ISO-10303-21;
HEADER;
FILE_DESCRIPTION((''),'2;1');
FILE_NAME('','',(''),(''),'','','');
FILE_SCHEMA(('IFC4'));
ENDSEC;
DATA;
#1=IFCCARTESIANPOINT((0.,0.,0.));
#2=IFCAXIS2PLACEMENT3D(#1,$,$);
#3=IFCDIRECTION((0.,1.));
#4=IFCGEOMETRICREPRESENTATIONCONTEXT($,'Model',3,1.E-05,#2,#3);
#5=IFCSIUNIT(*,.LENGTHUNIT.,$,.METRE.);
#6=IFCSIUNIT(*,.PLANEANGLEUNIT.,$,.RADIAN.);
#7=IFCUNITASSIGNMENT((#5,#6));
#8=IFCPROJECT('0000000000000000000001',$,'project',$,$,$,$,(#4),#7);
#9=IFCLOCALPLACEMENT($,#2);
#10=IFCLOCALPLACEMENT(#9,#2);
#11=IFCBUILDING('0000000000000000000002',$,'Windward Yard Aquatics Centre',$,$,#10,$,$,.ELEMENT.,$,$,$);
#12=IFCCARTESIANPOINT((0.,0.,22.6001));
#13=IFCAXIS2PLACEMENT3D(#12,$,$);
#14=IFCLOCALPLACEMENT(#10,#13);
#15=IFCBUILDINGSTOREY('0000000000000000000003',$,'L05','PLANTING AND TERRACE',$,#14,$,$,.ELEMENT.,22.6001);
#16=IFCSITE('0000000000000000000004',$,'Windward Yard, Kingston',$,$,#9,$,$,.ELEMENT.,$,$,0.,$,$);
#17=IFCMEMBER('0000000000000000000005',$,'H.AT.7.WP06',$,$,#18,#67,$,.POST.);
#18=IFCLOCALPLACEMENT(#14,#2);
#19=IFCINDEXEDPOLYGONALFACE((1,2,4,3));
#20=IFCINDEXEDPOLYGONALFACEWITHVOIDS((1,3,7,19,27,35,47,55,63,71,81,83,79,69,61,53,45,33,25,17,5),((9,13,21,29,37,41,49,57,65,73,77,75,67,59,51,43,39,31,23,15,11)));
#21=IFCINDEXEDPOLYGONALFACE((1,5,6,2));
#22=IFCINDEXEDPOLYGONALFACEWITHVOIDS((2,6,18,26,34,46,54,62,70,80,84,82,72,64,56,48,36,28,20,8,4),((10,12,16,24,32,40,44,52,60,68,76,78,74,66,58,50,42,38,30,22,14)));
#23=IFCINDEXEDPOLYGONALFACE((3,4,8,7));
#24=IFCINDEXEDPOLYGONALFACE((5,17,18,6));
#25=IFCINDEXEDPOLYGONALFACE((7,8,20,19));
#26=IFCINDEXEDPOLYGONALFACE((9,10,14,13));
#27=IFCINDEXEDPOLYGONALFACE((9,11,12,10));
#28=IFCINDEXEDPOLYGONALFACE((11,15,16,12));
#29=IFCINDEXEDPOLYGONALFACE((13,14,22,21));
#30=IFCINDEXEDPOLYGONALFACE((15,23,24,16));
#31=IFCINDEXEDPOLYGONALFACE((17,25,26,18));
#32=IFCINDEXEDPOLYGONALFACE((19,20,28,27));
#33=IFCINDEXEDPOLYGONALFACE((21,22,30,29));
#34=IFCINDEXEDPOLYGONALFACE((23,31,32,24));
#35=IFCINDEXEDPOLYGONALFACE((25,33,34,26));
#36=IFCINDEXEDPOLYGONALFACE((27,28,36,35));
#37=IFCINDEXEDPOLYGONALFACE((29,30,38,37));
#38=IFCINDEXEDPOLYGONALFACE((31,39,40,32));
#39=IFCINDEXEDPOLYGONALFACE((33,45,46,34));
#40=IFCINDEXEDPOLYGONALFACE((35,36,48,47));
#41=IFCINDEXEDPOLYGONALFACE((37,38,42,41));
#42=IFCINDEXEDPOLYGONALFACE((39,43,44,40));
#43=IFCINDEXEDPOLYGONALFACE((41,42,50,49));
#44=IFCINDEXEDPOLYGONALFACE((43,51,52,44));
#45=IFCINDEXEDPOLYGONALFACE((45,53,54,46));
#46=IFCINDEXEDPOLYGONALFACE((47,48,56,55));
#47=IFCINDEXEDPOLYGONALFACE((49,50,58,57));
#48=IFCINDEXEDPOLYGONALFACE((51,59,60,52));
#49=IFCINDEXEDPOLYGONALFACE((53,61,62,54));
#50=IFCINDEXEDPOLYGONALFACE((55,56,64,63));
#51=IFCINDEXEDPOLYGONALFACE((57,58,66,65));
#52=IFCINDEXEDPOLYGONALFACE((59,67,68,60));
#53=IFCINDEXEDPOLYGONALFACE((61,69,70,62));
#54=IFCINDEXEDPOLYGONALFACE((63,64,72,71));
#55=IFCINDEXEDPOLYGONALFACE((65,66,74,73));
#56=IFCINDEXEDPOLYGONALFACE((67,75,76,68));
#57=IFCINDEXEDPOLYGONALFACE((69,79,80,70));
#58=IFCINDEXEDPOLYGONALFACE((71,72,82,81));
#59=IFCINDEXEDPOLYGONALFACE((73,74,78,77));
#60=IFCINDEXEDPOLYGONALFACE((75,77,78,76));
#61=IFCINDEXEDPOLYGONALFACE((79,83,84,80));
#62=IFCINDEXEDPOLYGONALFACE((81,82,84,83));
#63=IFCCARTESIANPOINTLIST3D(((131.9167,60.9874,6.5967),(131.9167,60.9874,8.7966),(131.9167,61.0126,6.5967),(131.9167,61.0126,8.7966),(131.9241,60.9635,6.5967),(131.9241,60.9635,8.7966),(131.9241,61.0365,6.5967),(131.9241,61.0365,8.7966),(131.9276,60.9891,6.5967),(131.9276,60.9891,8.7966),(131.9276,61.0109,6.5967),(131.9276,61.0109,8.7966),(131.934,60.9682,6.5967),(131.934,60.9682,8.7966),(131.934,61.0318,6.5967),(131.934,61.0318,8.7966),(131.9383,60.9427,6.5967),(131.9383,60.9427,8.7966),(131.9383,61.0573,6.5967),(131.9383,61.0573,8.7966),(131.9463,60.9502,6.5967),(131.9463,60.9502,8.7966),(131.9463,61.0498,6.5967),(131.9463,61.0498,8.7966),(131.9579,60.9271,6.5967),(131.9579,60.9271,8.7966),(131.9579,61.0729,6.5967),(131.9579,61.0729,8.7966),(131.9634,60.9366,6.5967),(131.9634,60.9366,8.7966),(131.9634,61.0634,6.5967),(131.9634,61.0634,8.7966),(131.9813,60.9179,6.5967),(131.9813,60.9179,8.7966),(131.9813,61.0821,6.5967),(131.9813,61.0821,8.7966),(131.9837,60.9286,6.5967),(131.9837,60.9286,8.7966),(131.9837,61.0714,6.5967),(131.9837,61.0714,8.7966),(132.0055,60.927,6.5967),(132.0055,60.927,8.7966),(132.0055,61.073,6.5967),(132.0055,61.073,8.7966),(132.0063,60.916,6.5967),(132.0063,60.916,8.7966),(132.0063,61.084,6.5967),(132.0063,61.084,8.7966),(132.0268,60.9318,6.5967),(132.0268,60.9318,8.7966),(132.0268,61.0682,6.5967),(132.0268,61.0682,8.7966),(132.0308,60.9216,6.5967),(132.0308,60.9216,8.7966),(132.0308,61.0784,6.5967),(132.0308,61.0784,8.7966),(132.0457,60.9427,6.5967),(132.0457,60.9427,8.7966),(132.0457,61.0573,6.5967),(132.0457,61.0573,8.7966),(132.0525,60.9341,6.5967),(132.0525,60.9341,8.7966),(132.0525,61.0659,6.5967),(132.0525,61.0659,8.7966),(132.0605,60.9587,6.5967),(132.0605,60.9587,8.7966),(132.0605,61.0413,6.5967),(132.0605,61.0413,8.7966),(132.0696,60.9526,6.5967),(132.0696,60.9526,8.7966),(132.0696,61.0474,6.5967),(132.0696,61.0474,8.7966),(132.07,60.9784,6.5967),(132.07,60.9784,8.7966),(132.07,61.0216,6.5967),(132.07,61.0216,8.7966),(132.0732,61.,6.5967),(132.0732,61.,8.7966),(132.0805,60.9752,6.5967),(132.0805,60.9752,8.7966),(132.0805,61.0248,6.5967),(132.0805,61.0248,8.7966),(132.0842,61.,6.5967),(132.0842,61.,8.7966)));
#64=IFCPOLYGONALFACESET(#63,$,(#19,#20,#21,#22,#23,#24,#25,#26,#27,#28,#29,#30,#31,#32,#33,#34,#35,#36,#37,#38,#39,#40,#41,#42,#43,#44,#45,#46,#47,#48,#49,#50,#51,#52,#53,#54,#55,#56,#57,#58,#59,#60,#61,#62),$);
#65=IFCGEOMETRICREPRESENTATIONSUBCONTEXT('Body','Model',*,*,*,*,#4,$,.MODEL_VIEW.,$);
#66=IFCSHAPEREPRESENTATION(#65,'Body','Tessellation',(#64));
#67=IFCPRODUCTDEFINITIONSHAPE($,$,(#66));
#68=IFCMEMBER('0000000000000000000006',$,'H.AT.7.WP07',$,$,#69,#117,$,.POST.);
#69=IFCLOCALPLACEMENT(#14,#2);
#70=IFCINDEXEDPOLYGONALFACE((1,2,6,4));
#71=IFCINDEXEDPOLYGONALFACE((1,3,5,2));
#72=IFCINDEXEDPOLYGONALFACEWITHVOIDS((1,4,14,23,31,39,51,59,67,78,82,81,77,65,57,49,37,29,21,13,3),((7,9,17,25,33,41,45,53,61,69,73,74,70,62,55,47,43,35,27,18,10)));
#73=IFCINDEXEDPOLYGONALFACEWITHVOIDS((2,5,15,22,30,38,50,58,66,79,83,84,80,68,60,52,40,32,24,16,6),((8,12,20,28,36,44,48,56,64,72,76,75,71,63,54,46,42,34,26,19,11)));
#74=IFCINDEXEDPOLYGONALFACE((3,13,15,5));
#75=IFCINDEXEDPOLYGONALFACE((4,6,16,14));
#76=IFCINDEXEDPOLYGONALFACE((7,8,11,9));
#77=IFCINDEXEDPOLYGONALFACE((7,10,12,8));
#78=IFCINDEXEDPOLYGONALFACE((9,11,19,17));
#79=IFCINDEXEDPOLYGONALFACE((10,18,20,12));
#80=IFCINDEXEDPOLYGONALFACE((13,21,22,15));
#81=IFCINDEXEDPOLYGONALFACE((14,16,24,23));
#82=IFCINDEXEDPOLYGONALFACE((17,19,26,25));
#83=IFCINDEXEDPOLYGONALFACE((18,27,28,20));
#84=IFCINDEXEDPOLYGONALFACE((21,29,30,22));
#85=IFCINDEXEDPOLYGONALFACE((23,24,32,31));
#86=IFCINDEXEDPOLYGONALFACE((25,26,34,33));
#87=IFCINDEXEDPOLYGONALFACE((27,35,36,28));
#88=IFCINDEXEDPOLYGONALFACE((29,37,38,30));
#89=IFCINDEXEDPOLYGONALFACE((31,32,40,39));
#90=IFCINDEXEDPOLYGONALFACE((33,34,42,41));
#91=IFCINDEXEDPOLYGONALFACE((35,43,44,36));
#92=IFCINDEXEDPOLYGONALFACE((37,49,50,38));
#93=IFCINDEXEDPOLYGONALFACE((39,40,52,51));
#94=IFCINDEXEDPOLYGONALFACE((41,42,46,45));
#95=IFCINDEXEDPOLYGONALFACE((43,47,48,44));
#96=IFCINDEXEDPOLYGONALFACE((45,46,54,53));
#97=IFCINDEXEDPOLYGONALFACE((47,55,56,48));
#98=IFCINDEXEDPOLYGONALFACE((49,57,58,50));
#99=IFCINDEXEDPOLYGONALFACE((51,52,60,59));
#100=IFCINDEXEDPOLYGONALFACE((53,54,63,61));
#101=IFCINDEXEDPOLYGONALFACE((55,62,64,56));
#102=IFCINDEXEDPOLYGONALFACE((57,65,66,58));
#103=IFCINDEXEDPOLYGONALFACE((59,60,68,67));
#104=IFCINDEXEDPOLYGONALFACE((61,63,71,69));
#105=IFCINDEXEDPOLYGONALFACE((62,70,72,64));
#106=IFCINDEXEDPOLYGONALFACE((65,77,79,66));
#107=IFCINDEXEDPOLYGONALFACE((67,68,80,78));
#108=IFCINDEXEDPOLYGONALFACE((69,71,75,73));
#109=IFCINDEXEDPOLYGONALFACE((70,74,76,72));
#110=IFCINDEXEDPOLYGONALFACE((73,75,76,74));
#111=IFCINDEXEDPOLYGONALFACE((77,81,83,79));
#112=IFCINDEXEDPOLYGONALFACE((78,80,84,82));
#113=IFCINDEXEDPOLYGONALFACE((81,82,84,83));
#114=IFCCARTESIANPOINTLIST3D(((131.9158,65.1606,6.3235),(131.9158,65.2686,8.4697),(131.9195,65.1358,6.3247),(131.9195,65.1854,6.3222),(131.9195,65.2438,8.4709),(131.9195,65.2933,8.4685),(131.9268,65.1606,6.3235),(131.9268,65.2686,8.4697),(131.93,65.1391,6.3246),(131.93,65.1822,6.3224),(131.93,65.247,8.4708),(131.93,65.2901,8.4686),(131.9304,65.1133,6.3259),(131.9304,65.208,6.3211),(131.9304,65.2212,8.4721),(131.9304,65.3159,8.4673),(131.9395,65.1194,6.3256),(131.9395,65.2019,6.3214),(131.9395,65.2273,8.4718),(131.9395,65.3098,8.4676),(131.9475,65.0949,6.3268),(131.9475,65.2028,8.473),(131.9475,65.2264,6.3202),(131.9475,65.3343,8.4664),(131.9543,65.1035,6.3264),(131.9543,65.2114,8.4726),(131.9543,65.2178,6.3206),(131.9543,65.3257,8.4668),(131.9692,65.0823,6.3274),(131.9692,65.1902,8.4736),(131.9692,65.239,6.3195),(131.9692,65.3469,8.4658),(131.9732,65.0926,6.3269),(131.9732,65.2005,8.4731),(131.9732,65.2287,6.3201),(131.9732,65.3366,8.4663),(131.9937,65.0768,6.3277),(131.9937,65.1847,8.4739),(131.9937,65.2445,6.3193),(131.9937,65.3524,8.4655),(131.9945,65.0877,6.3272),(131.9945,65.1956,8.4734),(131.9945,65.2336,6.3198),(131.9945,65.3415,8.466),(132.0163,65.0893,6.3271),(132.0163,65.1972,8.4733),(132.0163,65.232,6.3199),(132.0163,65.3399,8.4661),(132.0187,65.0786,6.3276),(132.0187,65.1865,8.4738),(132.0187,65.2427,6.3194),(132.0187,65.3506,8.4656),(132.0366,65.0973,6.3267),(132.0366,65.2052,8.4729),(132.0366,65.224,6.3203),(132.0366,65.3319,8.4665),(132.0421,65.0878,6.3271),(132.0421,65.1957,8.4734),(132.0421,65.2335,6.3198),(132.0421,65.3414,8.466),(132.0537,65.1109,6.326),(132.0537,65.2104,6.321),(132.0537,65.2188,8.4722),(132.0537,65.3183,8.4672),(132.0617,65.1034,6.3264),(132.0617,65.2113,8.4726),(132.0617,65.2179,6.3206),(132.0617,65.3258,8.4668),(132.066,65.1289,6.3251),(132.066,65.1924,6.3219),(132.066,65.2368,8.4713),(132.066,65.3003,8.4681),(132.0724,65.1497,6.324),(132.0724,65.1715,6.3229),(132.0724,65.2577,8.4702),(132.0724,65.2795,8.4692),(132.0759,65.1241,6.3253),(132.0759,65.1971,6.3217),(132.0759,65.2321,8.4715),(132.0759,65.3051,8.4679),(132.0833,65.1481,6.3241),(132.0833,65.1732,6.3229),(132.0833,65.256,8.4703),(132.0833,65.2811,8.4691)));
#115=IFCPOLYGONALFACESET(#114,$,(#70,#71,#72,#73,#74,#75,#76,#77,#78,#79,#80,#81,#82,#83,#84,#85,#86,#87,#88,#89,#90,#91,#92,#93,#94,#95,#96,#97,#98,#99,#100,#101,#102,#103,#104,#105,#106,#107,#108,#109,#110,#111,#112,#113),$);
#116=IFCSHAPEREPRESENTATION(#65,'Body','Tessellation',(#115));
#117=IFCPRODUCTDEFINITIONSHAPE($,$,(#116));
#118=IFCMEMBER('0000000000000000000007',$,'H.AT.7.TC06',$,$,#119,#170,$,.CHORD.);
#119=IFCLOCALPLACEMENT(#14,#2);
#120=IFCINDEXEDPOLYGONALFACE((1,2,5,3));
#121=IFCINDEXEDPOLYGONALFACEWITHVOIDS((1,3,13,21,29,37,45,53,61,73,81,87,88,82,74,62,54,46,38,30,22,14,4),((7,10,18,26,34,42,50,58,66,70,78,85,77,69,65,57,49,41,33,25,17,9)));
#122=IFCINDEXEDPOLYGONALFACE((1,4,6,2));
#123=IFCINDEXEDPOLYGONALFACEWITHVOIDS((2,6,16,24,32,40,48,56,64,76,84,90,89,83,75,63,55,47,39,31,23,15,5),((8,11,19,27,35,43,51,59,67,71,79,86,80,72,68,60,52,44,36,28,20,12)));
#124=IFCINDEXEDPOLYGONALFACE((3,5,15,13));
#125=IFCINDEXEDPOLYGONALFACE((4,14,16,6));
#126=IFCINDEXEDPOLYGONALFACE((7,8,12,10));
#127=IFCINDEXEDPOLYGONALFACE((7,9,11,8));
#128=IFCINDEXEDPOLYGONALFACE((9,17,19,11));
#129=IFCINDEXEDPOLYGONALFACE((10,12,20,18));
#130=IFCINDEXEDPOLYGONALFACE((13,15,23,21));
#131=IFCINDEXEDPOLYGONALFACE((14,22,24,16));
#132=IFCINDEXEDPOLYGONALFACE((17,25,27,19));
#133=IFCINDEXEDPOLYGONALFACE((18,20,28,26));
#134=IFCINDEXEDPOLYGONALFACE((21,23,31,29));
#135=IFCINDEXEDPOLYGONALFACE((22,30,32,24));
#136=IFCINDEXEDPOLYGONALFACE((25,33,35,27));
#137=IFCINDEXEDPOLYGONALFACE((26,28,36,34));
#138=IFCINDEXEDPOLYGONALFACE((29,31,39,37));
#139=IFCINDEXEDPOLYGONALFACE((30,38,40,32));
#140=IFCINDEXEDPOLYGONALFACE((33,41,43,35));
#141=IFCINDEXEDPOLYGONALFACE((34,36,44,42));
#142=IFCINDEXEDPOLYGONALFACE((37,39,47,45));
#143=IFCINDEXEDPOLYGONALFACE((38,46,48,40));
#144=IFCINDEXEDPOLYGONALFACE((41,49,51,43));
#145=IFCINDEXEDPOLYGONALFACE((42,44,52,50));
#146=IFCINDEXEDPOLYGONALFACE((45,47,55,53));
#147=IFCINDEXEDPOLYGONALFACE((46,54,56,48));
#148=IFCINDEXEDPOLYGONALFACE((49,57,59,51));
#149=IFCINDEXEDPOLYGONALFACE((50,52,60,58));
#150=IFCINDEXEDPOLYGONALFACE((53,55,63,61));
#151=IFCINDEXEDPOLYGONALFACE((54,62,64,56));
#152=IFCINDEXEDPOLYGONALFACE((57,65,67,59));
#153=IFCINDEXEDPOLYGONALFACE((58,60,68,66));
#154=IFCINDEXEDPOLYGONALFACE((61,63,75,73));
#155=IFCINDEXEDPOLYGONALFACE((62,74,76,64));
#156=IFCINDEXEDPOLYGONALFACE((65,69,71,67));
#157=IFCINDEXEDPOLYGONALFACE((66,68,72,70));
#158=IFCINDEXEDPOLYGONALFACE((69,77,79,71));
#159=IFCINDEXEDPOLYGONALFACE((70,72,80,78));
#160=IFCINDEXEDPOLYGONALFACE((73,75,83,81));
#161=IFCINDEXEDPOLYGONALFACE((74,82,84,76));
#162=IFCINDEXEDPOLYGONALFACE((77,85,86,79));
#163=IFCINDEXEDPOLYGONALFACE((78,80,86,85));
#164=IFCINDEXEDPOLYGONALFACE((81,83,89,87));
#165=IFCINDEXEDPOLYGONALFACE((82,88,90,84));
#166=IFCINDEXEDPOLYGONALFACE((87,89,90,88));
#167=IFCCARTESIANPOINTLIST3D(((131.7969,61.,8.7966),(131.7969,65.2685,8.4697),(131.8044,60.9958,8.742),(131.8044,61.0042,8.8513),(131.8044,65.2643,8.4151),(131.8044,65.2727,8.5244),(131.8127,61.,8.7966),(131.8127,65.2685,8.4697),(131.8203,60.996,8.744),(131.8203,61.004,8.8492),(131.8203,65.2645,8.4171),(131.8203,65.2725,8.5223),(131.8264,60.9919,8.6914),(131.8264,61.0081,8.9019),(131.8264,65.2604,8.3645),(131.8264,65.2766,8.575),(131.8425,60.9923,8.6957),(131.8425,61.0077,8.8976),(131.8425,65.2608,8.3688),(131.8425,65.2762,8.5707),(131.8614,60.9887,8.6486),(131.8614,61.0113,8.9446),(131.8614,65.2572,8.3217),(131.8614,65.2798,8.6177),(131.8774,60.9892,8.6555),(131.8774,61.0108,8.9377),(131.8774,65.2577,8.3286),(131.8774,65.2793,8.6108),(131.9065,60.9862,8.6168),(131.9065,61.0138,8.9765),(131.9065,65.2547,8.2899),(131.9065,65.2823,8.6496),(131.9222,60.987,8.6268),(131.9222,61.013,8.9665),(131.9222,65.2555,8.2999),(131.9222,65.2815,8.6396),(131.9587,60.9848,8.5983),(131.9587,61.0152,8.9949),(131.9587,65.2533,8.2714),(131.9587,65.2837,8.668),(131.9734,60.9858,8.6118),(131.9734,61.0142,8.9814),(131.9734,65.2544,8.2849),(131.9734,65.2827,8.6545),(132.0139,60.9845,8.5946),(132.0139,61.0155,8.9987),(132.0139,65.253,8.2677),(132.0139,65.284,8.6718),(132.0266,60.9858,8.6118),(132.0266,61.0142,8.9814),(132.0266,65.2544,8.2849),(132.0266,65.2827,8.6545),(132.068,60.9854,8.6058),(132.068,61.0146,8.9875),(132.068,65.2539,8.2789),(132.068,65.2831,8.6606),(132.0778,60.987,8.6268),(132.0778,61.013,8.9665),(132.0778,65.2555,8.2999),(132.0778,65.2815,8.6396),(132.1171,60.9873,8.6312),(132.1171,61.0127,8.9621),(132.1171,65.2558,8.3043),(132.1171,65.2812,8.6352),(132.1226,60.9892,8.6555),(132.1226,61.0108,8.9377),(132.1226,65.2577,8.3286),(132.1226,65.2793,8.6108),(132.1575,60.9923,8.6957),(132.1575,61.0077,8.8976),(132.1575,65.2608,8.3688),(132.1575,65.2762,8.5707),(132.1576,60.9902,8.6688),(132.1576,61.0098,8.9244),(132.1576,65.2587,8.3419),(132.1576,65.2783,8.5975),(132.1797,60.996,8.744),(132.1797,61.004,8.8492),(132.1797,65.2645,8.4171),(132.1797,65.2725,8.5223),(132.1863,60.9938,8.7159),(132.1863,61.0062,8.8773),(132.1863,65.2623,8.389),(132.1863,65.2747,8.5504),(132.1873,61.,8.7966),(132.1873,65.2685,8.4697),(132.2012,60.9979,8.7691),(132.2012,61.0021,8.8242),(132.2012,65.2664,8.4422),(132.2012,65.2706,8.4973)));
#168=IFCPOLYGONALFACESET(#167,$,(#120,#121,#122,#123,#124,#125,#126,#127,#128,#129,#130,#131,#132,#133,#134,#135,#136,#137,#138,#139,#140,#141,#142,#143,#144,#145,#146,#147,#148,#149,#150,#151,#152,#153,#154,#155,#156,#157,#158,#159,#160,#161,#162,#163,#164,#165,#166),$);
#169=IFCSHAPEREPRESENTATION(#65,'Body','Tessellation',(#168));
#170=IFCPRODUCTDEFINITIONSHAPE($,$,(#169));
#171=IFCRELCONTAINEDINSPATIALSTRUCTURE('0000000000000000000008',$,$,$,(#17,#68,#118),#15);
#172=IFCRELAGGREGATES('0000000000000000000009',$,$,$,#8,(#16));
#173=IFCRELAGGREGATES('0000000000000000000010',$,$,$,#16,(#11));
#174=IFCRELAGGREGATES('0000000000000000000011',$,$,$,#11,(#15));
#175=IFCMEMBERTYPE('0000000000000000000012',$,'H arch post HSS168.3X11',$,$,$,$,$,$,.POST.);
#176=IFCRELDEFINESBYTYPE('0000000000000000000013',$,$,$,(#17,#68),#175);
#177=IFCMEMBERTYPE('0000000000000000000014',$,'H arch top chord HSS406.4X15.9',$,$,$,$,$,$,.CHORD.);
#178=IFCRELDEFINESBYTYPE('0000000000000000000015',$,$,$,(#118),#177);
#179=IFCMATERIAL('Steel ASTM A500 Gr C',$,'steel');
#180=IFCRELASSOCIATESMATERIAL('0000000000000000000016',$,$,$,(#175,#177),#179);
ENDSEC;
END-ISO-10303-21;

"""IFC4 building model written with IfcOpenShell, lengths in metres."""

from ifc_helpers import new_model, si_unit, direction, frame, origin, origin_2d, place, context, subcontext, project, spatial, hollow_circle, extrude, material, material_profile, profile_set, type_object, element, save


model = new_model("IFC4")

# Units and contexts
model_context = context("Model", 3, precision=1e-05, world=origin(), true_north=direction((0.0, 1.0)))
body_context = subcontext(model_context, "Body", "Model", "MODEL_VIEW")
ifc_project = project(units=[si_unit("LENGTHUNIT", "METRE"), si_unit("PLANEANGLEUNIT", "RADIAN")], contexts=[model_context])

# Site, building, storey
site_placement = place(None, origin())
site = spatial("IfcSite", under=ifc_project, at=site_placement, Name="Windward Yard, Kingston", CompositionType="ELEMENT", RefElevation=0.0)
building_placement = place(site_placement, origin())
building = spatial("IfcBuilding", under=site, at=building_placement, Name="Windward Yard Aquatics Centre", CompositionType="ELEMENT")
storey_placement = place(building_placement, frame((0.0, 0.0, 22.6001)))
storey = spatial("IfcBuildingStorey", under=building, at=storey_placement, Name="L05", Description="PLANTING AND TERRACE", CompositionType="ELEMENT", Elevation=22.6001)

# Members
ifc_material_1 = material(Name="Steel ASTM A500 Gr C", Category="steel")
ifc_material_profile_1 = material_profile(ifc_material_1, hollow_circle(Radius=0.0842, WallThickness=0.011, at=origin_2d()), Name="HSS168.3X11")
ifc_profile_set_1 = profile_set([ifc_material_profile_1], Name="Steel ASTM A500 Gr C")
member_type_1 = type_object("IfcMemberType", Name="H arch post HSS168.3X11", PredefinedType="POST", material=ifc_profile_set_1)
member_1_placement = place(storey_placement, frame((132.0, 61.0, 6.5967), z_axis=(0.0, 0.0, 1.0), x_axis=(1.0, 0.0, 0.0)))
element("IfcMember", 1, at=member_1_placement, inside=storey, type_object=member_type_1, Name="H.AT.7.WP06", PredefinedType="POST", context=body_context, shape_type="SweptSolid", body=[
    extrude(hollow_circle(Radius=0.0842, WallThickness=0.011, at=origin_2d()), origin(), (0.0, 0.0, 1.0), 2.2),
])
member_2_placement = place(storey_placement, frame((132.0, 65.1606, 6.3235), z_axis=(0.0, 0.050215, 0.998738), x_axis=(-1.0, 0.0, 0.0)))
element("IfcMember", 2, at=member_2_placement, inside=storey, type_object=member_type_1, Name="H.AT.7.WP07", PredefinedType="POST", context=body_context, shape_type="SweptSolid", body=[
    extrude(hollow_circle(Radius=0.0842, WallThickness=0.011, at=origin_2d()), origin(), (0.0, 0.0, 1.0), 2.1489),
])
ifc_material_profile_2 = material_profile(ifc_material_1, hollow_circle(Radius=0.2031, WallThickness=0.0159, at=origin_2d()), Name="HSS406.4X15.9")
ifc_profile_set_2 = profile_set([ifc_material_profile_2], Name="Steel ASTM A500 Gr C")
member_type_2 = type_object("IfcMemberType", Name="H arch top chord HSS406.4X15.9", PredefinedType="CHORD", material=ifc_profile_set_2)
member_3_placement = place(storey_placement, frame((132.0, 61.0, 8.7966), z_axis=(0.0, 0.99708, -0.076361), x_axis=(-1.0, 0.0, 0.0)))
element("IfcMember", 3, at=member_3_placement, inside=storey, type_object=member_type_2, Name="H.AT.7.TC06", PredefinedType="CHORD", context=body_context, shape_type="SweptSolid", body=[
    extrude(hollow_circle(Radius=0.2031, WallThickness=0.0159, at=origin_2d()), origin(), (0.0, 0.0, 1.0), 4.281),
])

save(model, "model.ifc")
